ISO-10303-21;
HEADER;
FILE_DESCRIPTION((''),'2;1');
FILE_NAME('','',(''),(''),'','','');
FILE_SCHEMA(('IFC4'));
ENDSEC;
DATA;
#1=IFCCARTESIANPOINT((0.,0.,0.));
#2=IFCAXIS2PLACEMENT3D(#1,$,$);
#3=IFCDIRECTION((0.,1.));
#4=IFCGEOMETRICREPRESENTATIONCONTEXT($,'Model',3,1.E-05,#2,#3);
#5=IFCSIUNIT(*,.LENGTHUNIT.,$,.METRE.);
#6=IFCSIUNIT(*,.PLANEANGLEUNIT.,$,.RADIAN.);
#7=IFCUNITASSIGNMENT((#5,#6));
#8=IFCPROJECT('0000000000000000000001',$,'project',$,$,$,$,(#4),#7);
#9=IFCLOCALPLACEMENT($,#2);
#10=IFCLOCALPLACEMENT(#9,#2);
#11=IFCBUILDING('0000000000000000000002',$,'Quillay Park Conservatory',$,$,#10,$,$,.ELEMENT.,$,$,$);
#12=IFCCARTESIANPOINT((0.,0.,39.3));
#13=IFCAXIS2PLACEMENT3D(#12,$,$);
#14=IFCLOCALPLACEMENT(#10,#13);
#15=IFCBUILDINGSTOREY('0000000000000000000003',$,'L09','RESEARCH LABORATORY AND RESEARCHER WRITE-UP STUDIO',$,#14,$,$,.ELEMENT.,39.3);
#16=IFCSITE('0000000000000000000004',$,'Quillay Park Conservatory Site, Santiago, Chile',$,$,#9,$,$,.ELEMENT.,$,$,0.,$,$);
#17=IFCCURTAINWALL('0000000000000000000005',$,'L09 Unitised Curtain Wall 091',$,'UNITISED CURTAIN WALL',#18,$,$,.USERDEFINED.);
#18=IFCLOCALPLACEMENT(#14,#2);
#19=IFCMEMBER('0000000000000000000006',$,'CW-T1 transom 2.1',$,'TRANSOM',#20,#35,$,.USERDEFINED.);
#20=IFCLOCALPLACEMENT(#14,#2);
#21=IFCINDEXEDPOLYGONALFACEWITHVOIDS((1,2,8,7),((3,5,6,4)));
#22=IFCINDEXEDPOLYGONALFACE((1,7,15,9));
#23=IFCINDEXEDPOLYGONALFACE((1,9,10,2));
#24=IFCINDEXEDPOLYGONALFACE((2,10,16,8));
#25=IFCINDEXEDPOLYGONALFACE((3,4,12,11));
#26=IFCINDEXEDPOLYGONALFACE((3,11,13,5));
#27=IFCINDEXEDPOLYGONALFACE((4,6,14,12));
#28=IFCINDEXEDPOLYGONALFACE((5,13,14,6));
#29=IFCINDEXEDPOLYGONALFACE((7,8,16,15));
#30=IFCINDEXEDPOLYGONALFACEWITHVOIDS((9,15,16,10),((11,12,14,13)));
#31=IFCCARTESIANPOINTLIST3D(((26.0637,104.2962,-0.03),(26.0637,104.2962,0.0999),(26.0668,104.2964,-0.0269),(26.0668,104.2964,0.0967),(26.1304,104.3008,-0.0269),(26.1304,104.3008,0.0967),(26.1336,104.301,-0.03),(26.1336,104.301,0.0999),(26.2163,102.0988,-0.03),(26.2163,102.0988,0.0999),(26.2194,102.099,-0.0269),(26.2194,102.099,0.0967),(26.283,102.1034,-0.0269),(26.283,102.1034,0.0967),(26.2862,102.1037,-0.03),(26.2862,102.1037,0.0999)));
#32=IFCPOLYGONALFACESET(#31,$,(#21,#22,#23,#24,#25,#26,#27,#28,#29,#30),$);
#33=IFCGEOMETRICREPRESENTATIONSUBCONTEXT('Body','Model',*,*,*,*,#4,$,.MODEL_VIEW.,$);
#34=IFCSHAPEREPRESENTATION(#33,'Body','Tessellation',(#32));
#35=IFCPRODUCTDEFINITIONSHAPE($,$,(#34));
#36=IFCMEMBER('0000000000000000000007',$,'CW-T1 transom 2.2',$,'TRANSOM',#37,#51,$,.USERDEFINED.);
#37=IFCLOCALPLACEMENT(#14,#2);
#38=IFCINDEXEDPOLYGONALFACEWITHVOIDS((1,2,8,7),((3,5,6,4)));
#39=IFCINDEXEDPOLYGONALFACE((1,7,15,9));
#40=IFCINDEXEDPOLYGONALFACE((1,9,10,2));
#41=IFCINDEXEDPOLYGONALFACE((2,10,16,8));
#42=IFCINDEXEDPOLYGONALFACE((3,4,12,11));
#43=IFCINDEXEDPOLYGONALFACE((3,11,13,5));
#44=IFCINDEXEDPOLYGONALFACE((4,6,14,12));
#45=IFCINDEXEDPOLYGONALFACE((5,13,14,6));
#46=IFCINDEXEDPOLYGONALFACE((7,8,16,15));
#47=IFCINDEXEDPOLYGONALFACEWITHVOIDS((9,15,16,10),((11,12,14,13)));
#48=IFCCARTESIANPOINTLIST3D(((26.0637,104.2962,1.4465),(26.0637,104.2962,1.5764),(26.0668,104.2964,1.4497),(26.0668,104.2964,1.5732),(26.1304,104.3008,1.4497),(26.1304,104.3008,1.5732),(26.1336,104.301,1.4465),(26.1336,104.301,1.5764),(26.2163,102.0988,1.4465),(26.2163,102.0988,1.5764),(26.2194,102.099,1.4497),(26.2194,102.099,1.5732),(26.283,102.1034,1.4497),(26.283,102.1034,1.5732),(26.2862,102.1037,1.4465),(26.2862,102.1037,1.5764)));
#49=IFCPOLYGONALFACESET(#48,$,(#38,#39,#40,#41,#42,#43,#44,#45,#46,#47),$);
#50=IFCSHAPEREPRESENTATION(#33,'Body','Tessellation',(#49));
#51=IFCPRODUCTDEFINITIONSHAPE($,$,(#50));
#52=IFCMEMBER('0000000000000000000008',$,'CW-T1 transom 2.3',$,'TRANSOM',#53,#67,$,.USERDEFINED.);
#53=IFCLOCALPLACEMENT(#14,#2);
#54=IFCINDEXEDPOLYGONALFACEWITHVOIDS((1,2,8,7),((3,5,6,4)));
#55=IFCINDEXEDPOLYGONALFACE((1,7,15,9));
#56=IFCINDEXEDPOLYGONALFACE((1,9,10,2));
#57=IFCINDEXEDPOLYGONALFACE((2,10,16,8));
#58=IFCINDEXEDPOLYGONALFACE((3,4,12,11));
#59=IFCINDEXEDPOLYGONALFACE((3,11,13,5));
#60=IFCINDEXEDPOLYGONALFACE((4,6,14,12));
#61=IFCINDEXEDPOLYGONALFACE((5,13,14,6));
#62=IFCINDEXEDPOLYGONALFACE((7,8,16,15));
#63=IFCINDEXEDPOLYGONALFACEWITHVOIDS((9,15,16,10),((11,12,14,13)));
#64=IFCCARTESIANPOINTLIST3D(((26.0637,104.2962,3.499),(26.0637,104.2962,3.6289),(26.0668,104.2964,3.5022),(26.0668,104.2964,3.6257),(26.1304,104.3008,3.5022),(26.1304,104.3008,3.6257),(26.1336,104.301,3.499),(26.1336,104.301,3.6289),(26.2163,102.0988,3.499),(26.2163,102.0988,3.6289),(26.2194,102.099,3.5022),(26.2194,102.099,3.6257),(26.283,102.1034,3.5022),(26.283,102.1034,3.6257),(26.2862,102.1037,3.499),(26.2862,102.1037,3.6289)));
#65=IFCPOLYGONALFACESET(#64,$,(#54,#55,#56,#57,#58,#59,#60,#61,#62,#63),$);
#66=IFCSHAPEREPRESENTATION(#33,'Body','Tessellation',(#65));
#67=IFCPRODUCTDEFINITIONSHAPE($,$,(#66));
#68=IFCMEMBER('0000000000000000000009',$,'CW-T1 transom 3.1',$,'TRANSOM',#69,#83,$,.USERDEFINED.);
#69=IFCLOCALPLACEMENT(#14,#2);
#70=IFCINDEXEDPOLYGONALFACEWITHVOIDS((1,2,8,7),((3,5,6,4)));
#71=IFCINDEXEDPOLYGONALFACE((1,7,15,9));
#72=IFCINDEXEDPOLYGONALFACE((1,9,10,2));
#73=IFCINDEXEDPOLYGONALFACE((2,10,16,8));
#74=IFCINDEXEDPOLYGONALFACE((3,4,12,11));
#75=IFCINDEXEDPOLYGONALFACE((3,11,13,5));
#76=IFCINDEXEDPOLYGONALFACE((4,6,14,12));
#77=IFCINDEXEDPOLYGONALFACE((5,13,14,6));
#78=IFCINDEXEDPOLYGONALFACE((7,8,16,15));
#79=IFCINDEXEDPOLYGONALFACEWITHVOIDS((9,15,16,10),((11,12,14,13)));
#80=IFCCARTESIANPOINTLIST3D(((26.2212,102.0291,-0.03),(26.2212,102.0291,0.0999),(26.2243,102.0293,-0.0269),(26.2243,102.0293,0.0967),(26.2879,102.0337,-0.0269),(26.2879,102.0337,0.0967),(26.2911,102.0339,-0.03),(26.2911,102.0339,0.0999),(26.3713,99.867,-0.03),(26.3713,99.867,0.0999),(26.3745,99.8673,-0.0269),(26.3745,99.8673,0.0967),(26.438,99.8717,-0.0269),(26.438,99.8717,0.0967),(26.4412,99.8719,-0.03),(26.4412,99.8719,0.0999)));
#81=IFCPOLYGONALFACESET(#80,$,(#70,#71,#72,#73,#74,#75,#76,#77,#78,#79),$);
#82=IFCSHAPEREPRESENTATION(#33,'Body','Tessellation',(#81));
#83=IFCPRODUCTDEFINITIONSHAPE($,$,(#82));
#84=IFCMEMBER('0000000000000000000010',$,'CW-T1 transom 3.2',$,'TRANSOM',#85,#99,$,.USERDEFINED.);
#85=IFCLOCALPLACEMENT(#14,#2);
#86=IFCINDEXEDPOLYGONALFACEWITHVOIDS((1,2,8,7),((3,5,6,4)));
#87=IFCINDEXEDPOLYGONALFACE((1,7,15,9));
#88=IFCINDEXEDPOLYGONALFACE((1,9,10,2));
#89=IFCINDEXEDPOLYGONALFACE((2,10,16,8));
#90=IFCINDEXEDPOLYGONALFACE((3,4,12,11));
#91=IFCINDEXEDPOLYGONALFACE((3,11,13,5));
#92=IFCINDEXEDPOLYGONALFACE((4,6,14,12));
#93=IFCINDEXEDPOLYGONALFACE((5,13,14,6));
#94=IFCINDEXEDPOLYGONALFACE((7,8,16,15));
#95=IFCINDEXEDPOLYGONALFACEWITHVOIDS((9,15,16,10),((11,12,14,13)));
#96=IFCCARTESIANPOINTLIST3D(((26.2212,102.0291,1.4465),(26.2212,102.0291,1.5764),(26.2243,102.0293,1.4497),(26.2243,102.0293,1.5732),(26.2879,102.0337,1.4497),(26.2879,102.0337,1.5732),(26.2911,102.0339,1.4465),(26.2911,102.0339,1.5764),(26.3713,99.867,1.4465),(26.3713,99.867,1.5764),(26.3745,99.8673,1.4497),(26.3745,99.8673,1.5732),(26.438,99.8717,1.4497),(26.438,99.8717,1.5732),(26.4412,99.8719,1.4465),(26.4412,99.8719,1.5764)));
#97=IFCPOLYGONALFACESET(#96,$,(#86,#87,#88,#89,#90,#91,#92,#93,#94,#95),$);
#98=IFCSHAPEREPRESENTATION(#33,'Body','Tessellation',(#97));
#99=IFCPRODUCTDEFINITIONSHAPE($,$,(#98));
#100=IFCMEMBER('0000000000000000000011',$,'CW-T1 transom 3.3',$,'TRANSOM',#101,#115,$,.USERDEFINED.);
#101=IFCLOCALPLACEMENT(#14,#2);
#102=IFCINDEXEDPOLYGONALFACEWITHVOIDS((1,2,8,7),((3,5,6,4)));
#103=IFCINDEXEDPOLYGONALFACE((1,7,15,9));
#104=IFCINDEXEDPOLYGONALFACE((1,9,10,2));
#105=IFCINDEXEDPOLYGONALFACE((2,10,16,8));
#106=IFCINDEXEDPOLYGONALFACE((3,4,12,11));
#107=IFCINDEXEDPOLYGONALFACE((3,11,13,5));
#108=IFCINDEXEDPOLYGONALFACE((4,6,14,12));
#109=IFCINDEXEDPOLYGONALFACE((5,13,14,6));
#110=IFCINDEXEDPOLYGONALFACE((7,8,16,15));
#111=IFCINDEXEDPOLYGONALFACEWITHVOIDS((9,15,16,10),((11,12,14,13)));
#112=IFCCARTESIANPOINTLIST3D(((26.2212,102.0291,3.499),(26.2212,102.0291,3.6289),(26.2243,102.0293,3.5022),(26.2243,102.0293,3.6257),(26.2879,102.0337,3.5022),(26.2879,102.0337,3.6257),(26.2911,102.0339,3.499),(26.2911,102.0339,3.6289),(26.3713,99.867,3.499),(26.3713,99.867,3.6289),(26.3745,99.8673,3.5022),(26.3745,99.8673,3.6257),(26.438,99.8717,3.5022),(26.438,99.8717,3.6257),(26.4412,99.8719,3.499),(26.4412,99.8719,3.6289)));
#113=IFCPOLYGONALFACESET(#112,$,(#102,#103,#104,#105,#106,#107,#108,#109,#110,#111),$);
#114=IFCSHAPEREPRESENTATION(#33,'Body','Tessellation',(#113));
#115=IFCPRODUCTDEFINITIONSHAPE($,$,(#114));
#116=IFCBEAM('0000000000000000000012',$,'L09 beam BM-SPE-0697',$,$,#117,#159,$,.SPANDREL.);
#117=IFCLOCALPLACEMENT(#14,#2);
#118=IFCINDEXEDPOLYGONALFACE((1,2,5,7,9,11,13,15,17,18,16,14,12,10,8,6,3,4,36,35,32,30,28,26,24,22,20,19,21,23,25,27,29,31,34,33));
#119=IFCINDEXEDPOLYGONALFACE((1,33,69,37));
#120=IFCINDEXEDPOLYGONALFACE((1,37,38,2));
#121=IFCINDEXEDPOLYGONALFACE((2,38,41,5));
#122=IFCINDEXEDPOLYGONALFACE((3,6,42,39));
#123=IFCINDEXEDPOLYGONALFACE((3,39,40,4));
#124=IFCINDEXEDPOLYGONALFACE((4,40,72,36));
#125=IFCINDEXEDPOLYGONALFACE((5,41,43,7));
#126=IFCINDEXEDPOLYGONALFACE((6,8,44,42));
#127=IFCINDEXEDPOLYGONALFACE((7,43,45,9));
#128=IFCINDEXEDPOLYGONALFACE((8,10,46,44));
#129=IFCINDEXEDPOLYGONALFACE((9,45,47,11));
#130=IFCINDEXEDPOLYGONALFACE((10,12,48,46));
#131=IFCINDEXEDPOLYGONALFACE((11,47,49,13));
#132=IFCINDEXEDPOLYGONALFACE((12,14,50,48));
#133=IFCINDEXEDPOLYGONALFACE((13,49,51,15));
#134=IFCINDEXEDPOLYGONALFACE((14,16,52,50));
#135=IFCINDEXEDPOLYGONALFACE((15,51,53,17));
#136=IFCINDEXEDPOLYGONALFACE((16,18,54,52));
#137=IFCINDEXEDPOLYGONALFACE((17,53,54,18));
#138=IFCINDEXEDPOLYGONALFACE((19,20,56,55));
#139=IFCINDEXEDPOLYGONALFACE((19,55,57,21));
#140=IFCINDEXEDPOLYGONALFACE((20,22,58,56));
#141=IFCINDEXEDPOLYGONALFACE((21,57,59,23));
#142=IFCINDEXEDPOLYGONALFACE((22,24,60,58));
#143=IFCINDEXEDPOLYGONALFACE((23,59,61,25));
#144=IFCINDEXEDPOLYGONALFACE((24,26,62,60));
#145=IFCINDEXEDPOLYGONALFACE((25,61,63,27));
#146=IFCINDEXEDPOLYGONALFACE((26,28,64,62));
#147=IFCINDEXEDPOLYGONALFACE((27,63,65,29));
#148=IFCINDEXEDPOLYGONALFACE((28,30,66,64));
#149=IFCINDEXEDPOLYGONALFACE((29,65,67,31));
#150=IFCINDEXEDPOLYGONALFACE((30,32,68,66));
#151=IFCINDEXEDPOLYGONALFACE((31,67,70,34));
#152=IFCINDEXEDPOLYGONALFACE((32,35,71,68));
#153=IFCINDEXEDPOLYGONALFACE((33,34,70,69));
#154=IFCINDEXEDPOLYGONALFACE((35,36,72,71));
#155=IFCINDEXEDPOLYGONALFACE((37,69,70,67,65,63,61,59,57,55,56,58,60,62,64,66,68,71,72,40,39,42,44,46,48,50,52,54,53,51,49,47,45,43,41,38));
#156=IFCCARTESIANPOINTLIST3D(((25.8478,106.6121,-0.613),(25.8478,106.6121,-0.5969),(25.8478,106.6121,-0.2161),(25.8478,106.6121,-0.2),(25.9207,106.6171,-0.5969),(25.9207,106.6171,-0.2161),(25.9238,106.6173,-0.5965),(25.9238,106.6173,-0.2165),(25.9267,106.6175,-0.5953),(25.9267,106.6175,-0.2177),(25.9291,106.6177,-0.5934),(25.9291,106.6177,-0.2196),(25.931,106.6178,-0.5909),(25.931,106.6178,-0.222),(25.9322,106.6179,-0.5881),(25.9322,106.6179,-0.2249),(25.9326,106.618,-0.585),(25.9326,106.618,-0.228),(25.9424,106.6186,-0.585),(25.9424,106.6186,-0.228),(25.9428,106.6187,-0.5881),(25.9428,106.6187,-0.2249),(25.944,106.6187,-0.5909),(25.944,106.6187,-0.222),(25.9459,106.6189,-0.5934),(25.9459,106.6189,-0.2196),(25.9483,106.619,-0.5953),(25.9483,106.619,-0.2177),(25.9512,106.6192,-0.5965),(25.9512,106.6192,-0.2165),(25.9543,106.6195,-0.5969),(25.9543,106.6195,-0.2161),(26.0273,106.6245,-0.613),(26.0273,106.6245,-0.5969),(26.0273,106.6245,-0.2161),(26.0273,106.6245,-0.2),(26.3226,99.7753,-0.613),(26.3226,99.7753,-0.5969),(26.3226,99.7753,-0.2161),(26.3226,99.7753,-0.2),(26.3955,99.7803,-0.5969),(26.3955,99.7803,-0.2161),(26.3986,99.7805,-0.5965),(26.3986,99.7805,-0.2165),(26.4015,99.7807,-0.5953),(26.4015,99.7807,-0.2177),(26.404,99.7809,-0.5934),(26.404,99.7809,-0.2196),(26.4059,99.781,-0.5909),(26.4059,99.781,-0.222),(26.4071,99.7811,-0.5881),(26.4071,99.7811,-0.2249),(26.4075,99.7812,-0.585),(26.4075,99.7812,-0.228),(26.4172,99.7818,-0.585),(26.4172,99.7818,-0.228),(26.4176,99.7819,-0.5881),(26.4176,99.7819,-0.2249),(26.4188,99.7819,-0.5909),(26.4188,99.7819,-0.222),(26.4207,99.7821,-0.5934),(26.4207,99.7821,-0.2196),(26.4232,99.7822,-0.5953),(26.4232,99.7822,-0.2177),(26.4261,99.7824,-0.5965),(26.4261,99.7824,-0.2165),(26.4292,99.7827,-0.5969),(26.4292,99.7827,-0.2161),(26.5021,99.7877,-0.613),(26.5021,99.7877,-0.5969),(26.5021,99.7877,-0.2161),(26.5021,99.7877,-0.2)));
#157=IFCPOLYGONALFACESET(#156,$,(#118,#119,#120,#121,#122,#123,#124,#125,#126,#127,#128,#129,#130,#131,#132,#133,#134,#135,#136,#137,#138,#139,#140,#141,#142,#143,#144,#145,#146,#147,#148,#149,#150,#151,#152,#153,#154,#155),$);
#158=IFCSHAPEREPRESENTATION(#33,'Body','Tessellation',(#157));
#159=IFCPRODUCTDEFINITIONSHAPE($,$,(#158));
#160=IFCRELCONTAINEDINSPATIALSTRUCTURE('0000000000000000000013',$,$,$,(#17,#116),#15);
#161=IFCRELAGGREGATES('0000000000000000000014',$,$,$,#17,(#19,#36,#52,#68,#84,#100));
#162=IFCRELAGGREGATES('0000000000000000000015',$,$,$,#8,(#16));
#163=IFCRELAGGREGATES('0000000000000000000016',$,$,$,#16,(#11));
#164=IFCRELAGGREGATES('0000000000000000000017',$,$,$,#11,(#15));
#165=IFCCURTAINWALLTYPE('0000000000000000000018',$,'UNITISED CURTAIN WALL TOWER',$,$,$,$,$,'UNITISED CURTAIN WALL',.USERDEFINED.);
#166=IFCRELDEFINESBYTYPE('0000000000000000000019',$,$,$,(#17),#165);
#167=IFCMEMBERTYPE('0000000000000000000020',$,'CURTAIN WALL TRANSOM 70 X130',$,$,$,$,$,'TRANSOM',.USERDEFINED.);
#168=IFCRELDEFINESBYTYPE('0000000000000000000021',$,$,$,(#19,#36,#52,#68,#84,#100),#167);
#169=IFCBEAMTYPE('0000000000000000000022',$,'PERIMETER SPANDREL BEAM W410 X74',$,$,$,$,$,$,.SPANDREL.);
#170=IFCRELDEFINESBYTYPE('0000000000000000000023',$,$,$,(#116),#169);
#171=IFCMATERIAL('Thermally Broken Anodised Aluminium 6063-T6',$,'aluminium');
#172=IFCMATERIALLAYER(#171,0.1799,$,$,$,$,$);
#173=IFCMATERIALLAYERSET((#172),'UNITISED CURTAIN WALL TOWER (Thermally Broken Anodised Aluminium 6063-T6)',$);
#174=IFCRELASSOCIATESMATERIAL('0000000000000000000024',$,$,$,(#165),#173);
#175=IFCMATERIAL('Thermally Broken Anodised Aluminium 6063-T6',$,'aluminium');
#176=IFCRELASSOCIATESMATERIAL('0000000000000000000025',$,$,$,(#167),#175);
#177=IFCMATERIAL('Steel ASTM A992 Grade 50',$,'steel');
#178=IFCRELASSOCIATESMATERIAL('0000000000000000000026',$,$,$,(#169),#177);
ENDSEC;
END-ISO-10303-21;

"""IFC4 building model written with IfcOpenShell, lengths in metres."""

from ifc_helpers import new_model, si_unit, direction, frame, origin, origin_2d, place, context, subcontext, project, spatial, hollow_rectangle, i_section, extrude, material, layer, layer_set, material_profile, profile_set, type_object, element, aggregate, save


model = new_model("IFC4")

# Units and contexts
model_context = context("Model", 3, precision=1e-05, world=origin(), true_north=direction((0.0, 1.0)))
body_context = subcontext(model_context, "Body", "Model", "MODEL_VIEW")
ifc_project = project(units=[si_unit("LENGTHUNIT", "METRE"), si_unit("PLANEANGLEUNIT", "RADIAN")], contexts=[model_context])

# Site, building, storey
site_placement = place(None, origin())
site = spatial("IfcSite", under=ifc_project, at=site_placement, Name="Quillay Park Conservatory Site, Santiago, Chile", CompositionType="ELEMENT", RefElevation=0.0)
building_placement = place(site_placement, origin())
building = spatial("IfcBuilding", under=site, at=building_placement, Name="Quillay Park Conservatory", CompositionType="ELEMENT")
storey_placement = place(building_placement, frame((0.0, 0.0, 39.3)))
storey = spatial("IfcBuildingStorey", under=building, at=storey_placement, Name="L09", Description="RESEARCH LABORATORY AND RESEARCHER WRITE-UP STUDIO", CompositionType="ELEMENT", Elevation=39.3)

# Curtain wall, members
ifc_material_1 = material(Name="Thermally Broken Anodised Aluminium 6063-T6", Category="aluminium")
ifc_layer_1 = layer(ifc_material_1, 0.1799)
ifc_layer_set_1 = layer_set([ifc_layer_1], Name="UNITISED CURTAIN WALL TOWER (Thermally Broken Anodised Aluminium 6063-T6)")
curtain_wall_type = type_object("IfcCurtainWallType", Name="UNITISED CURTAIN WALL TOWER", ElementType="UNITISED CURTAIN WALL", PredefinedType="USERDEFINED", material=ifc_layer_set_1)
curtain_wall_placement = place(storey_placement, origin())
curtain_wall = element("IfcCurtainWall", 1, at=curtain_wall_placement, inside=storey, type_object=curtain_wall_type, Name="L09 Unitised Curtain Wall 091", ObjectType="UNITISED CURTAIN WALL", PredefinedType="USERDEFINED")
ifc_material_2 = material(Name="Thermally Broken Anodised Aluminium 6063-T6", Category="aluminium")
ifc_material_profile_1 = material_profile(ifc_material_2, hollow_rectangle(XDim=0.0701, YDim=0.1299, WallThickness=0.0032, at=origin_2d()), Name="AL70x130x3.2")
ifc_profile_set_1 = profile_set([ifc_material_profile_1], Name="Thermally Broken Anodised Aluminium 6063-T6")
member_type_1 = type_object("IfcMemberType", Name="CURTAIN WALL TRANSOM 70 X130", ElementType="TRANSOM", PredefinedType="USERDEFINED", material=ifc_profile_set_1)
member_1_placement = place(storey_placement, frame((26.0986, 104.2986, 0.0349), z_axis=(0.069278, -0.997597, 0.0), x_axis=(0.997597, 0.069278, 0.0)))
member_1 = element("IfcMember", 2, at=member_1_placement, type_object=member_type_1, Name="CW-T1 transom 2.1", ObjectType="TRANSOM", PredefinedType="USERDEFINED", context=body_context, shape_type="SweptSolid", body=[
    extrude(hollow_rectangle(XDim=0.0701, YDim=0.1299, WallThickness=0.0032, at=origin_2d()), origin(), (0.0, 0.0, 1.0), 2.2026),
])
member_2_placement = place(storey_placement, frame((26.0986, 104.2986, 1.5115), z_axis=(0.069278, -0.997597, 0.0), x_axis=(0.997597, 0.069278, 0.0)))
member_2 = element("IfcMember", 3, at=member_2_placement, type_object=member_type_1, Name="CW-T1 transom 2.2", ObjectType="TRANSOM", PredefinedType="USERDEFINED", context=body_context, shape_type="SweptSolid", body=[
    extrude(hollow_rectangle(XDim=0.0701, YDim=0.1299, WallThickness=0.0032, at=origin_2d()), origin(), (0.0, 0.0, 1.0), 2.2026),
])
member_3_placement = place(storey_placement, frame((26.0986, 104.2986, 3.564), z_axis=(0.069278, -0.997597, 0.0), x_axis=(0.997597, 0.069278, 0.0)))
member_3 = element("IfcMember", 4, at=member_3_placement, type_object=member_type_1, Name="CW-T1 transom 2.3", ObjectType="TRANSOM", PredefinedType="USERDEFINED", context=body_context, shape_type="SweptSolid", body=[
    extrude(hollow_rectangle(XDim=0.0701, YDim=0.1299, WallThickness=0.0032, at=origin_2d()), origin(), (0.0, 0.0, 1.0), 2.2026),
])
member_4_placement = place(storey_placement, frame((26.2561, 102.0315, 0.0349), z_axis=(0.069278, -0.997597, 0.0), x_axis=(0.997597, 0.069278, 0.0)))
member_4 = element("IfcMember", 5, at=member_4_placement, type_object=member_type_1, Name="CW-T1 transom 3.1", ObjectType="TRANSOM", PredefinedType="USERDEFINED", context=body_context, shape_type="SweptSolid", body=[
    extrude(hollow_rectangle(XDim=0.0701, YDim=0.1299, WallThickness=0.0032, at=origin_2d()), origin(), (0.0, 0.0, 1.0), 2.1672),
])
member_5_placement = place(storey_placement, frame((26.2561, 102.0315, 1.5115), z_axis=(0.069278, -0.997597, 0.0), x_axis=(0.997597, 0.069278, 0.0)))
member_5 = element("IfcMember", 6, at=member_5_placement, type_object=member_type_1, Name="CW-T1 transom 3.2", ObjectType="TRANSOM", PredefinedType="USERDEFINED", context=body_context, shape_type="SweptSolid", body=[
    extrude(hollow_rectangle(XDim=0.0701, YDim=0.1299, WallThickness=0.0032, at=origin_2d()), origin(), (0.0, 0.0, 1.0), 2.1672),
])
member_6_placement = place(storey_placement, frame((26.2561, 102.0315, 3.564), z_axis=(0.069278, -0.997597, 0.0), x_axis=(0.997597, 0.069278, 0.0)))
member_6 = element("IfcMember", 7, at=member_6_placement, type_object=member_type_1, Name="CW-T1 transom 3.3", ObjectType="TRANSOM", PredefinedType="USERDEFINED", context=body_context, shape_type="SweptSolid", body=[
    extrude(hollow_rectangle(XDim=0.0701, YDim=0.1299, WallThickness=0.0032, at=origin_2d()), origin(), (0.0, 0.0, 1.0), 2.1672),
])

# Beam
ifc_material_3 = material(Name="Steel ASTM A992 Grade 50", Category="steel")
ifc_material_profile_2 = material_profile(ifc_material_3, i_section(OverallWidth=0.1799, OverallDepth=0.4131, WebThickness=0.0098, FlangeThickness=0.0161, FilletRadius=0.012, at=origin_2d()), Name="W410x74")
ifc_profile_set_2 = profile_set([ifc_material_profile_2], Name="Steel ASTM A992 Grade 50")
beam_type_1 = type_object("IfcBeamType", Name="PERIMETER SPANDREL BEAM W410 X74", PredefinedType="SPANDREL", material=ifc_profile_set_2)
beam_1_placement = place(storey_placement, frame((26.4124, 99.7815, -0.4065), z_axis=(-0.069287, 0.997597, 0.0), x_axis=(-0.997597, -0.069287, 0.0)))
element("IfcBeam", 8, at=beam_1_placement, inside=storey, type_object=beam_type_1, Name="L09 beam BM-SPE-0697", PredefinedType="SPANDREL", context=body_context, shape_type="SweptSolid", body=[
    extrude(i_section(OverallWidth=0.1799, OverallDepth=0.4131, WebThickness=0.0098, FlangeThickness=0.0161, FilletRadius=0.012, at=origin_2d()), origin(), (0.0, 0.0, 1.0), 6.8533),
])

aggregate(curtain_wall, [member_1, member_2, member_3, member_4, member_5, member_6])

save(model, "model.ifc")
